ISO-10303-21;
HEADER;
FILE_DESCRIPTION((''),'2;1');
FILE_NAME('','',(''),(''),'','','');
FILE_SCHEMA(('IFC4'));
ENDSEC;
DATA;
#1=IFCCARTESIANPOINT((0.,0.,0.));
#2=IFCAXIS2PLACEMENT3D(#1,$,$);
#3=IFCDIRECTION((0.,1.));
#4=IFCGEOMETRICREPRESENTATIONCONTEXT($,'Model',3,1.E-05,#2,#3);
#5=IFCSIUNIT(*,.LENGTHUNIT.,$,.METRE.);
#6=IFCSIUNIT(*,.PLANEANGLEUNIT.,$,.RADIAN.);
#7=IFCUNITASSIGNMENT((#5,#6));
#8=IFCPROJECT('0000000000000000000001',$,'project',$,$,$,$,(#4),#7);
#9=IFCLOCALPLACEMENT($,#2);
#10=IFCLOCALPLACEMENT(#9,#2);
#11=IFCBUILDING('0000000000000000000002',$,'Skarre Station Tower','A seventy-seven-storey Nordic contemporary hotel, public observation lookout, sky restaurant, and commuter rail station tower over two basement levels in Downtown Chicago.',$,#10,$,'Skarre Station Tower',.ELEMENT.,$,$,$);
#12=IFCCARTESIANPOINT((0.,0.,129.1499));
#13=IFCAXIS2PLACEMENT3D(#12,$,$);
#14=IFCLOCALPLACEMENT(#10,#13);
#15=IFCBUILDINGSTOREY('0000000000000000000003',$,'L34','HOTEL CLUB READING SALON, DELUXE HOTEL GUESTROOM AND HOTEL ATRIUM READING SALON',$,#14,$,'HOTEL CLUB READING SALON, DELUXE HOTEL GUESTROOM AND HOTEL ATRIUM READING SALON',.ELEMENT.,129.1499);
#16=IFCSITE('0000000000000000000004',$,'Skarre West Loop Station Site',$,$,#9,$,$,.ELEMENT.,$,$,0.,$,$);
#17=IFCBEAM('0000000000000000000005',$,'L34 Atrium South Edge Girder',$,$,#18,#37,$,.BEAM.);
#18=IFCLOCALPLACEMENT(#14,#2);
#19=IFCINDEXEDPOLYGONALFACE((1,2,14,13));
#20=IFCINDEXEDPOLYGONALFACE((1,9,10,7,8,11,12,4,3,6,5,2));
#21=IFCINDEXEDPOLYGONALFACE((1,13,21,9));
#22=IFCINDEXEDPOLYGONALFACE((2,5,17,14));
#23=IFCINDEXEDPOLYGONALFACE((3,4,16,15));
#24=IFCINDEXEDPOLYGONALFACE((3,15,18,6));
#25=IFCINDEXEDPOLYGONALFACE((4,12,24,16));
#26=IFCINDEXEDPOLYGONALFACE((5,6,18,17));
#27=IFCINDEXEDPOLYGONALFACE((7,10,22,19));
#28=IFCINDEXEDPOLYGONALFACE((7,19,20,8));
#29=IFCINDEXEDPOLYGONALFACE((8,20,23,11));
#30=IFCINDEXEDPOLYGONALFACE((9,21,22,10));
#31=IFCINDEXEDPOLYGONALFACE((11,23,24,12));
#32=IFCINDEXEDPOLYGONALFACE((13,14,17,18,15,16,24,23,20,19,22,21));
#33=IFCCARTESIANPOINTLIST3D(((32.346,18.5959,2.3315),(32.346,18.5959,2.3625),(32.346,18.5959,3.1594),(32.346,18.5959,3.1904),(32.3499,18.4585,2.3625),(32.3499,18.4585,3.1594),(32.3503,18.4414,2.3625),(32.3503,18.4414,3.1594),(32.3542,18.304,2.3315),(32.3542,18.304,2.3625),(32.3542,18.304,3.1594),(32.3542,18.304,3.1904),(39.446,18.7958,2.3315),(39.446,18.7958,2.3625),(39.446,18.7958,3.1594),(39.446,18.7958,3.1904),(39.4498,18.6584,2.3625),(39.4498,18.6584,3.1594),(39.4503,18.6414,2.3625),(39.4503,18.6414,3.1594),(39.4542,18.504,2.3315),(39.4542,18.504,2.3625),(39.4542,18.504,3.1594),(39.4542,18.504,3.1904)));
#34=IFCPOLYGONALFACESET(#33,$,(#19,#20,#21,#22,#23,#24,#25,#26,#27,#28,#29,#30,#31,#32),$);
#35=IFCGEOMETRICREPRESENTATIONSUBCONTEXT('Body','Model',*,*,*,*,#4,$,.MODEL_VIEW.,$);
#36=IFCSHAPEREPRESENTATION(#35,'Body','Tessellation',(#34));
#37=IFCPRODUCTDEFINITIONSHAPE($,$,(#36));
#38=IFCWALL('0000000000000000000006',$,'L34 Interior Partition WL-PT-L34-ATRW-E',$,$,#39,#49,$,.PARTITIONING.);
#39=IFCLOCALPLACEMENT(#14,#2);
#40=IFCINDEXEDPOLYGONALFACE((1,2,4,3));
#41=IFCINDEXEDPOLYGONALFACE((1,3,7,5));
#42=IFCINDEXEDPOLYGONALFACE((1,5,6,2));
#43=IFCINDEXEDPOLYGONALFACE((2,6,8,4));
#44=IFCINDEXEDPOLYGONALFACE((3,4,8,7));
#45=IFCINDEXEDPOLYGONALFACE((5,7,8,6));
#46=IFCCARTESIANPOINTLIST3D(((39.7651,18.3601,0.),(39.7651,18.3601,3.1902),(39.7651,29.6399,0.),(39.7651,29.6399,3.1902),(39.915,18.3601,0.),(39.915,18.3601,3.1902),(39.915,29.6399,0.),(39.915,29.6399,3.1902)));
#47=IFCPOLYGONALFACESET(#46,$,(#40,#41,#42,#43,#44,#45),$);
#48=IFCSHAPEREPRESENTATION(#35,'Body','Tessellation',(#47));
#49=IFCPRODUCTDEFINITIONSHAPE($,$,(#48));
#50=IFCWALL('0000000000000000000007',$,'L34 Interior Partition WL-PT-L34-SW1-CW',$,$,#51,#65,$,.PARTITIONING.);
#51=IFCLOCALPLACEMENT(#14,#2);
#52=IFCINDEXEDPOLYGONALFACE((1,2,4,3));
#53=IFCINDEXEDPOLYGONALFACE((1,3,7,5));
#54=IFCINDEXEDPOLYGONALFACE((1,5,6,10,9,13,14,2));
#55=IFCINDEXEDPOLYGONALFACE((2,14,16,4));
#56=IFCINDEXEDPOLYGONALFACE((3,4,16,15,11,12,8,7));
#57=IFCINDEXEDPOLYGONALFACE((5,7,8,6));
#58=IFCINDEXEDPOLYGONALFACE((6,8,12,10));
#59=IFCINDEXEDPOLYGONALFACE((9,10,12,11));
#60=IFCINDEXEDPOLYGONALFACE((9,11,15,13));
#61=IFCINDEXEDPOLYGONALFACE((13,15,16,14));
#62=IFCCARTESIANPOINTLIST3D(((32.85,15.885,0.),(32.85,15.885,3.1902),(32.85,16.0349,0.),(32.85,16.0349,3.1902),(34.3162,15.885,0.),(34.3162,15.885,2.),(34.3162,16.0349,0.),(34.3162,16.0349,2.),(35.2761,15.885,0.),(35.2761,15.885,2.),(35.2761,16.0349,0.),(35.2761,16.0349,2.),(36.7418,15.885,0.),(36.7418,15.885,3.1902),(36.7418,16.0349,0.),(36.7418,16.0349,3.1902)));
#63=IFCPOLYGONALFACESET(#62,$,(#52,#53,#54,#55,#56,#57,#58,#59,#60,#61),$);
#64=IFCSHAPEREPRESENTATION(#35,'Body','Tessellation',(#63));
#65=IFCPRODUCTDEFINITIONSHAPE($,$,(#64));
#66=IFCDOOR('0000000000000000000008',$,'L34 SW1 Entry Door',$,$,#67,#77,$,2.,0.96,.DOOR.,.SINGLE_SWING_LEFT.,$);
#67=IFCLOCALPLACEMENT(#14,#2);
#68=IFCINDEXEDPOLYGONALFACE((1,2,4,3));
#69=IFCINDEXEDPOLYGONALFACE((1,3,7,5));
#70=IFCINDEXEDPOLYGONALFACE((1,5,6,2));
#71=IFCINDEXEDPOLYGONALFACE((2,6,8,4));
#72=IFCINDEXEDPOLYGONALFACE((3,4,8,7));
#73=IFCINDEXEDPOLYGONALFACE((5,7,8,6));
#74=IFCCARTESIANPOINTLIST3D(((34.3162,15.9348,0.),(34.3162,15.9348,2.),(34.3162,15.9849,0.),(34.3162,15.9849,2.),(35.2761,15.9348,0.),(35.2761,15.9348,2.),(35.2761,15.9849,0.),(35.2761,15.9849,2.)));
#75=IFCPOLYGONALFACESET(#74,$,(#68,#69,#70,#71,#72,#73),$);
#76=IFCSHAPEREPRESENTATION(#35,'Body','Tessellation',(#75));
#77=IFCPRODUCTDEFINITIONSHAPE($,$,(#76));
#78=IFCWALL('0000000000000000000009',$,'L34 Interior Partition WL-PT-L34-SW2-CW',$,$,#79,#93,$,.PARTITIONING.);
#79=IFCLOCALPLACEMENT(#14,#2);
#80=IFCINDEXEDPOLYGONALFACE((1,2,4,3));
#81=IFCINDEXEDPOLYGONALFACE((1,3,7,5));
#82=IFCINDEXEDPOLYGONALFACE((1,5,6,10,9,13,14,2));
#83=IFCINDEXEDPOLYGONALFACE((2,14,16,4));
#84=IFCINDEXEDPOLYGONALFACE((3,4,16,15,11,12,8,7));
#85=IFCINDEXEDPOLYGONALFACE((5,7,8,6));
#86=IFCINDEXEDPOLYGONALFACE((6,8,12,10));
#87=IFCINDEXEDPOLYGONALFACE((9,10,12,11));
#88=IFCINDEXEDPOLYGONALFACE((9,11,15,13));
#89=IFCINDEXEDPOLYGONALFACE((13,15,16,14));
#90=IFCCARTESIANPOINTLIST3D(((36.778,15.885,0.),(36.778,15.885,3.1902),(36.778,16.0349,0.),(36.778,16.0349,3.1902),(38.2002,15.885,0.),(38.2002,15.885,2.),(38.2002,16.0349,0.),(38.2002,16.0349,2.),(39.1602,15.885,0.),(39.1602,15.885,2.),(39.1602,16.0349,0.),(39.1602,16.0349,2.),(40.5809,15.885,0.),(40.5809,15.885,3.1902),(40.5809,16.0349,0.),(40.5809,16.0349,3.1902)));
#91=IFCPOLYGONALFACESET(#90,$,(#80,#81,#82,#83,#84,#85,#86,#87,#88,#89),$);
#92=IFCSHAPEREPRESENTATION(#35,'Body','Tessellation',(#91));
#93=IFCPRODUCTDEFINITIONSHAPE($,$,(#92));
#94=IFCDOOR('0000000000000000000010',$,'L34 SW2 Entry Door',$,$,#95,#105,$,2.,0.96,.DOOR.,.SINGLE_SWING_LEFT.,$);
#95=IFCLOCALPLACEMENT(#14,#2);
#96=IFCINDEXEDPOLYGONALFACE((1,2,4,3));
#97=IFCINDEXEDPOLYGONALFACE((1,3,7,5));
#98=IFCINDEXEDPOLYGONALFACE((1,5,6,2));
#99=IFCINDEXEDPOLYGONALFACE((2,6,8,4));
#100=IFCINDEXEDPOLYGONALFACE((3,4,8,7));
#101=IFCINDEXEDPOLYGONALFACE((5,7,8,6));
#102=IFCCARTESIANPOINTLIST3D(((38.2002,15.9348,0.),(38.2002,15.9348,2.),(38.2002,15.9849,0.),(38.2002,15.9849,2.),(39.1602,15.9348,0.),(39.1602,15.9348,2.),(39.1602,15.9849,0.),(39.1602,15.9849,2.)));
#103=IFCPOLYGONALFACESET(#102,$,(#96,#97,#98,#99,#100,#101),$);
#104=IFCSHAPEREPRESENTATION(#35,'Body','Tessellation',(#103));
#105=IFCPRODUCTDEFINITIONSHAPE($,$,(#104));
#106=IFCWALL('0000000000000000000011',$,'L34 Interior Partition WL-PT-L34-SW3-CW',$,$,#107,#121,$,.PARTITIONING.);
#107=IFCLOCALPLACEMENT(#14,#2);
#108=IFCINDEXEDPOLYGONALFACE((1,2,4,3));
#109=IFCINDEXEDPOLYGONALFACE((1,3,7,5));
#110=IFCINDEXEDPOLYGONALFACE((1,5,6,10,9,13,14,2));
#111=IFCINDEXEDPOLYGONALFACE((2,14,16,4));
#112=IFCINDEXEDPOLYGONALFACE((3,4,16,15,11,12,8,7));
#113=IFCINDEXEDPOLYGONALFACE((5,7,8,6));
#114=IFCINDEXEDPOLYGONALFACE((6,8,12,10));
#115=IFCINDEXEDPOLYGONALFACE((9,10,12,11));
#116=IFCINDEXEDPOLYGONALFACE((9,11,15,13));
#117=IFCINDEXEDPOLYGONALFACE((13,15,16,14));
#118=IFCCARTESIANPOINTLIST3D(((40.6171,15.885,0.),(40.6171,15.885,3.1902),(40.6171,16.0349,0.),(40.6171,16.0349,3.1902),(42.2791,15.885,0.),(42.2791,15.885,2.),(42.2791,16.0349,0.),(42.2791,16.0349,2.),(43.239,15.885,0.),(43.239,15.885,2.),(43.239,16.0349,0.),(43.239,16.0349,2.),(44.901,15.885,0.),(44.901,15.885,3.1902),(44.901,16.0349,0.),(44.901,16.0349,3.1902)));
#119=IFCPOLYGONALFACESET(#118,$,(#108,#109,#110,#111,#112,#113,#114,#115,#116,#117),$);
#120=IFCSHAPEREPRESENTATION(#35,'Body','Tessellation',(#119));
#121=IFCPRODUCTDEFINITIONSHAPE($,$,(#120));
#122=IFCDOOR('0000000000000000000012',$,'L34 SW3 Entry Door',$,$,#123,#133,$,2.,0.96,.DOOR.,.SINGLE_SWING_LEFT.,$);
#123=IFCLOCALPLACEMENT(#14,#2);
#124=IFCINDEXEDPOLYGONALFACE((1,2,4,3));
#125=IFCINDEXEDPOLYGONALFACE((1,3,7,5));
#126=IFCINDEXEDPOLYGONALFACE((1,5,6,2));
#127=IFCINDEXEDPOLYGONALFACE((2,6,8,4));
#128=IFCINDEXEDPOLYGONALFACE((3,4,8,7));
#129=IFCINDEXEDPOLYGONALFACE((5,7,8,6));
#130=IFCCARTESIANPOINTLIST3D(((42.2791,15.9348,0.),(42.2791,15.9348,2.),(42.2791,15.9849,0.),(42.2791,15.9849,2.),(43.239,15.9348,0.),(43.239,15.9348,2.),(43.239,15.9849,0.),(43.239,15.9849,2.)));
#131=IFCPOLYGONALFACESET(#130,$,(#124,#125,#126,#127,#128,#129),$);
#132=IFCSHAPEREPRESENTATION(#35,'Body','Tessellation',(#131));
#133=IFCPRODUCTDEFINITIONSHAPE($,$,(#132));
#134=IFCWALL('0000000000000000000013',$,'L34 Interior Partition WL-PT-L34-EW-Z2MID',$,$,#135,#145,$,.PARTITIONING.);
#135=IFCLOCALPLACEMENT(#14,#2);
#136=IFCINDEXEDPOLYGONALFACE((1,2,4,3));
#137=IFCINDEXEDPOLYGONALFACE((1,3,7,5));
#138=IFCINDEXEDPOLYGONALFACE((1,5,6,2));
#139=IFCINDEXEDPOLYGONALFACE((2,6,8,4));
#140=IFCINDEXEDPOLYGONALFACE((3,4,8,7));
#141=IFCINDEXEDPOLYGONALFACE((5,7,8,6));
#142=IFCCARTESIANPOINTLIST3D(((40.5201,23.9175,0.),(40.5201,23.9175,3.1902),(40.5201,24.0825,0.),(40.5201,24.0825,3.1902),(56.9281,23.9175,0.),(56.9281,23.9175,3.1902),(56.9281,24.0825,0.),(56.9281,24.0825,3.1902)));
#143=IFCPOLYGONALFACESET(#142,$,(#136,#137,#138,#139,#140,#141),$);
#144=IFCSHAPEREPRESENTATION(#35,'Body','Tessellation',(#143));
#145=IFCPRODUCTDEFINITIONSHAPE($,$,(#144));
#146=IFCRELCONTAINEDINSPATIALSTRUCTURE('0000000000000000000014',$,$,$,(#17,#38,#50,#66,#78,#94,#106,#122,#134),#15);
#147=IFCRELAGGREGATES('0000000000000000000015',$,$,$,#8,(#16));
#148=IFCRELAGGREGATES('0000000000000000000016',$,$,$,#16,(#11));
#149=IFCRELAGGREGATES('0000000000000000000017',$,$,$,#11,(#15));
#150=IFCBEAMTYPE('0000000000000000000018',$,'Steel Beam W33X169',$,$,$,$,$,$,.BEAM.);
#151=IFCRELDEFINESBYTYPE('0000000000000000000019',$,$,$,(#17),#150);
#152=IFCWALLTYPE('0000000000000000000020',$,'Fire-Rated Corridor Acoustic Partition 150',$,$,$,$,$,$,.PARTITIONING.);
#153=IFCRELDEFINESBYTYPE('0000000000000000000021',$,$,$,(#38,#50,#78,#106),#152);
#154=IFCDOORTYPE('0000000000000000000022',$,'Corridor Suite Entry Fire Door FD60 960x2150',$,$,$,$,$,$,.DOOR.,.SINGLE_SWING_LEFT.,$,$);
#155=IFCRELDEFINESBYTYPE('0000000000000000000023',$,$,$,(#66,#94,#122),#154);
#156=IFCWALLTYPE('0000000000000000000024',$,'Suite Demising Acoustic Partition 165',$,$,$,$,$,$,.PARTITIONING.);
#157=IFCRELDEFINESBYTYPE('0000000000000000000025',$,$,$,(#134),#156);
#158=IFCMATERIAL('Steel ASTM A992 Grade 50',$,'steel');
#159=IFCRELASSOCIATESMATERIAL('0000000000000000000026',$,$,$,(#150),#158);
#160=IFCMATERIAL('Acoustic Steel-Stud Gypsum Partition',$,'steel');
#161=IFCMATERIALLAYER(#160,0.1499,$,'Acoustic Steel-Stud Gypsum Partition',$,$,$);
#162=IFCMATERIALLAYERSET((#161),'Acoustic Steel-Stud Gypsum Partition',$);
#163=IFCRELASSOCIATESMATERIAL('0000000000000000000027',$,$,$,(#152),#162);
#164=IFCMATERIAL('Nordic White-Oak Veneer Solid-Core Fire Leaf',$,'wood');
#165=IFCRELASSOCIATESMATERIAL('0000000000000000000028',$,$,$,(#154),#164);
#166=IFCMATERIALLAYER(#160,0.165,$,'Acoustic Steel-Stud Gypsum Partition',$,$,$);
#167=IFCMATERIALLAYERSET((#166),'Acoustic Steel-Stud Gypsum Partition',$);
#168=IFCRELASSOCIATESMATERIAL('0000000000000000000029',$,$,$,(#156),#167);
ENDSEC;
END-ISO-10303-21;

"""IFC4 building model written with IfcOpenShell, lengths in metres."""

from ifc_helpers import new_model, si_unit, direction, frame, frame_2d, origin, origin_2d, place, context, subcontext, project, spatial, rectangle, i_section, extrude, material, layer, layer_set, material_profile, profile_set, type_object, element, fill, save


model = new_model("IFC4")

# Units and contexts
model_context = context("Model", 3, precision=1e-05, world=origin(), true_north=direction((0.0, 1.0)))
body_context = subcontext(model_context, "Body", "Model", "MODEL_VIEW")
ifc_project = project(units=[si_unit("LENGTHUNIT", "METRE"), si_unit("PLANEANGLEUNIT", "RADIAN")], contexts=[model_context])

# Site, building, storey
site_placement = place(None, origin())
site = spatial("IfcSite", under=ifc_project, at=site_placement, Name="Skarre West Loop Station Site", CompositionType="ELEMENT", RefElevation=0.0)
building_placement = place(site_placement, origin())
building = spatial("IfcBuilding", under=site, at=building_placement, Name="Skarre Station Tower", Description="A seventy-seven-storey Nordic contemporary hotel, public observation lookout, sky restaurant, and commuter rail station tower over two basement levels in Downtown Chicago.", LongName="Skarre Station Tower", CompositionType="ELEMENT")
storey_placement = place(building_placement, frame((0.0, 0.0, 129.1499)))
storey = spatial("IfcBuildingStorey", under=building, at=storey_placement, Name="L34", Description="HOTEL CLUB READING SALON, DELUXE HOTEL GUESTROOM AND HOTEL ATRIUM READING SALON", LongName="HOTEL CLUB READING SALON, DELUXE HOTEL GUESTROOM AND HOTEL ATRIUM READING SALON", CompositionType="ELEMENT", Elevation=129.1499)

# Beam
ifc_material_1 = material(Name="Steel ASTM A992 Grade 50", Category="steel")
ifc_material_profile_1 = material_profile(ifc_material_1, i_section(OverallWidth=0.292, OverallDepth=0.8589, WebThickness=0.0171, FlangeThickness=0.031, at=origin_2d()), Name="Steel ASTM A992 Grade 50")
ifc_profile_set_1 = profile_set([ifc_material_profile_1], Name="Steel ASTM A992 Grade 50")
beam_type_1 = type_object("IfcBeamType", Name="Steel Beam W33X169", PredefinedType="BEAM", material=ifc_profile_set_1)
beam_1_placement = place(storey_placement, frame((32.3501, 18.45, 2.761), z_axis=(0.999604, 0.028152, 0.0), x_axis=(-0.028152, 0.999604, 0.0)))
element("IfcBeam", 1, at=beam_1_placement, inside=storey, type_object=beam_type_1, Name="L34 Atrium South Edge Girder", PredefinedType="BEAM", context=body_context, shape_type="SweptSolid", body=[
    extrude(i_section(OverallWidth=0.292, OverallDepth=0.8589, WebThickness=0.0171, FlangeThickness=0.031, at=origin_2d()), origin(), (0.0, 0.0, 1.0), 7.1028),
])

# Wall
ifc_material_2 = material(Name="Acoustic Steel-Stud Gypsum Partition", Category="steel")
ifc_layer_1 = layer(ifc_material_2, 0.1499, Name="Acoustic Steel-Stud Gypsum Partition")
ifc_layer_set_1 = layer_set([ifc_layer_1], Name="Acoustic Steel-Stud Gypsum Partition")
wall_type_1 = type_object("IfcWallType", Name="Fire-Rated Corridor Acoustic Partition 150", PredefinedType="PARTITIONING", material=ifc_layer_set_1)
wall_1_placement = place(storey_placement, frame((39.8401, 18.3601, 0.0), z_axis=(0.0, 0.0, 1.0), x_axis=(0.0, 1.0, 0.0)))
element("IfcWall", 2, at=wall_1_placement, inside=storey, type_object=wall_type_1, Name="L34 Interior Partition WL-PT-L34-ATRW-E", PredefinedType="PARTITIONING", context=body_context, shape_type="SweptSolid", body=[
    extrude(rectangle(XDim=11.2798, YDim=0.1499, at=frame_2d((5.6399, 0.0))), origin(), (0.0, 0.0, 1.0), 3.1902),
])

# Walls, openings, doors
wall_2_placement = place(storey_placement, frame((32.8501, 15.96, 0.0), z_axis=(0.0, 0.0, 1.0), x_axis=(1.0, 0.0, 0.0)))
wall_2 = element("IfcWall", 3, at=wall_2_placement, inside=storey, type_object=wall_type_1, Name="L34 Interior Partition WL-PT-L34-SW1-CW", PredefinedType="PARTITIONING", context=body_context, shape_type="SweptSolid", body=[
    extrude(rectangle(XDim=3.8918, YDim=0.1499, at=frame_2d((1.9458, 0.0))), origin(), (0.0, 0.0, 1.0), 3.1902),
])
opening_1_placement = place(wall_2_placement, frame((1.4661, 0.0, 0.0)))
opening_1 = element("IfcOpeningElement", 4, at=opening_1_placement, cuts=wall_2, PredefinedType="OPENING", context=body_context, shape_type="SweptSolid", body=[
    extrude(rectangle(XDim=0.96, YDim=2.0, at=frame_2d((0.48, 1.0))), frame((0.0, 0.085, 0.0), z_axis=(0.0, -1.0, 0.0), x_axis=(1.0, 0.0, 0.0)), (0.0, 0.0, 1.0), 0.1699),
])
ifc_material_3 = material(Name="Nordic White-Oak Veneer Solid-Core Fire Leaf", Category="wood")
door_type = type_object("IfcDoorType", Name="Corridor Suite Entry Fire Door FD60 960x2150", OperationType="SINGLE_SWING_LEFT", PredefinedType="DOOR", material=ifc_material_3)
door_1_placement = place(opening_1_placement, origin())
door_1 = element("IfcDoor", 5, at=door_1_placement, inside=storey, type_object=door_type, Name="L34 SW1 Entry Door", OperationType="SINGLE_SWING_LEFT", OverallHeight=2.0, OverallWidth=0.96, PredefinedType="DOOR", context=body_context, shape_type="SweptSolid", body=[
    extrude(rectangle(XDim=0.96, YDim=2.0, at=frame_2d((0.48, 1.0))), frame((0.0, 0.0249, 0.0), z_axis=(0.0, -1.0, 0.0), x_axis=(1.0, 0.0, 0.0)), (0.0, 0.0, 1.0), 0.05),
])
fill(opening_1, door_1)
wall_3_placement = place(storey_placement, frame((36.7781, 15.96, 0.0), z_axis=(0.0, 0.0, 1.0), x_axis=(1.0, 0.0, 0.0)))
wall_3 = element("IfcWall", 6, at=wall_3_placement, inside=storey, type_object=wall_type_1, Name="L34 Interior Partition WL-PT-L34-SW2-CW", PredefinedType="PARTITIONING", context=body_context, shape_type="SweptSolid", body=[
    extrude(rectangle(XDim=3.803, YDim=0.1499, at=frame_2d((1.9014, 0.0))), origin(), (0.0, 0.0, 1.0), 3.1902),
])
opening_2_placement = place(wall_3_placement, frame((1.4221, 0.0, 0.0)))
opening_2 = element("IfcOpeningElement", 7, at=opening_2_placement, cuts=wall_3, PredefinedType="OPENING", context=body_context, shape_type="SweptSolid", body=[
    extrude(rectangle(XDim=0.96, YDim=2.0, at=frame_2d((0.48, 1.0))), frame((0.0, 0.085, 0.0), z_axis=(0.0, -1.0, 0.0), x_axis=(1.0, 0.0, 0.0)), (0.0, 0.0, 1.0), 0.1699),
])
door_2_placement = place(opening_2_placement, origin())
door_2 = element("IfcDoor", 8, at=door_2_placement, inside=storey, type_object=door_type, Name="L34 SW2 Entry Door", OperationType="SINGLE_SWING_LEFT", OverallHeight=2.0, OverallWidth=0.96, PredefinedType="DOOR", context=body_context, shape_type="SweptSolid", body=[
    extrude(rectangle(XDim=0.96, YDim=2.0, at=frame_2d((0.48, 1.0))), frame((0.0, 0.0249, 0.0), z_axis=(0.0, -1.0, 0.0), x_axis=(1.0, 0.0, 0.0)), (0.0, 0.0, 1.0), 0.05),
])
fill(opening_2, door_2)
wall_4_placement = place(storey_placement, frame((40.6169, 15.96, 0.0), z_axis=(0.0, 0.0, 1.0), x_axis=(1.0, 0.0, 0.0)))
wall_4 = element("IfcWall", 9, at=wall_4_placement, inside=storey, type_object=wall_type_1, Name="L34 Interior Partition WL-PT-L34-SW3-CW", PredefinedType="PARTITIONING", context=body_context, shape_type="SweptSolid", body=[
    extrude(rectangle(XDim=4.2839, YDim=0.1499, at=frame_2d((2.1421, 0.0))), origin(), (0.0, 0.0, 1.0), 3.1902),
])
opening_3_placement = place(wall_4_placement, frame((1.6621, 0.0, 0.0)))
opening_3 = element("IfcOpeningElement", 10, at=opening_3_placement, cuts=wall_4, PredefinedType="OPENING", context=body_context, shape_type="SweptSolid", body=[
    extrude(rectangle(XDim=0.96, YDim=2.0, at=frame_2d((0.48, 1.0))), frame((0.0, 0.085, 0.0), z_axis=(0.0, -1.0, 0.0), x_axis=(1.0, 0.0, 0.0)), (0.0, 0.0, 1.0), 0.1699),
])
door_3_placement = place(opening_3_placement, origin())
door_3 = element("IfcDoor", 11, at=door_3_placement, inside=storey, type_object=door_type, Name="L34 SW3 Entry Door", OperationType="SINGLE_SWING_LEFT", OverallHeight=2.0, OverallWidth=0.96, PredefinedType="DOOR", context=body_context, shape_type="SweptSolid", body=[
    extrude(rectangle(XDim=0.96, YDim=2.0, at=frame_2d((0.48, 1.0))), frame((0.0, 0.0249, 0.0), z_axis=(0.0, -1.0, 0.0), x_axis=(1.0, 0.0, 0.0)), (0.0, 0.0, 1.0), 0.05),
])
fill(opening_3, door_3)

# Wall
ifc_layer_2 = layer(ifc_material_2, 0.165, Name="Acoustic Steel-Stud Gypsum Partition")
ifc_layer_set_2 = layer_set([ifc_layer_2], Name="Acoustic Steel-Stud Gypsum Partition")
wall_type_2 = type_object("IfcWallType", Name="Suite Demising Acoustic Partition 165", PredefinedType="PARTITIONING", material=ifc_layer_set_2)
wall_5_placement = place(storey_placement, frame((40.52, 24.0, 0.0), z_axis=(0.0, 0.0, 1.0), x_axis=(1.0, 0.0, 0.0)))
element("IfcWall", 12, at=wall_5_placement, inside=storey, type_object=wall_type_2, Name="L34 Interior Partition WL-PT-L34-EW-Z2MID", PredefinedType="PARTITIONING", context=body_context, shape_type="SweptSolid", body=[
    extrude(rectangle(XDim=16.408, YDim=0.165, at=frame_2d((8.2041, 0.0))), origin(), (0.0, 0.0, 1.0), 3.1902),
])

save(model, "model.ifc")
